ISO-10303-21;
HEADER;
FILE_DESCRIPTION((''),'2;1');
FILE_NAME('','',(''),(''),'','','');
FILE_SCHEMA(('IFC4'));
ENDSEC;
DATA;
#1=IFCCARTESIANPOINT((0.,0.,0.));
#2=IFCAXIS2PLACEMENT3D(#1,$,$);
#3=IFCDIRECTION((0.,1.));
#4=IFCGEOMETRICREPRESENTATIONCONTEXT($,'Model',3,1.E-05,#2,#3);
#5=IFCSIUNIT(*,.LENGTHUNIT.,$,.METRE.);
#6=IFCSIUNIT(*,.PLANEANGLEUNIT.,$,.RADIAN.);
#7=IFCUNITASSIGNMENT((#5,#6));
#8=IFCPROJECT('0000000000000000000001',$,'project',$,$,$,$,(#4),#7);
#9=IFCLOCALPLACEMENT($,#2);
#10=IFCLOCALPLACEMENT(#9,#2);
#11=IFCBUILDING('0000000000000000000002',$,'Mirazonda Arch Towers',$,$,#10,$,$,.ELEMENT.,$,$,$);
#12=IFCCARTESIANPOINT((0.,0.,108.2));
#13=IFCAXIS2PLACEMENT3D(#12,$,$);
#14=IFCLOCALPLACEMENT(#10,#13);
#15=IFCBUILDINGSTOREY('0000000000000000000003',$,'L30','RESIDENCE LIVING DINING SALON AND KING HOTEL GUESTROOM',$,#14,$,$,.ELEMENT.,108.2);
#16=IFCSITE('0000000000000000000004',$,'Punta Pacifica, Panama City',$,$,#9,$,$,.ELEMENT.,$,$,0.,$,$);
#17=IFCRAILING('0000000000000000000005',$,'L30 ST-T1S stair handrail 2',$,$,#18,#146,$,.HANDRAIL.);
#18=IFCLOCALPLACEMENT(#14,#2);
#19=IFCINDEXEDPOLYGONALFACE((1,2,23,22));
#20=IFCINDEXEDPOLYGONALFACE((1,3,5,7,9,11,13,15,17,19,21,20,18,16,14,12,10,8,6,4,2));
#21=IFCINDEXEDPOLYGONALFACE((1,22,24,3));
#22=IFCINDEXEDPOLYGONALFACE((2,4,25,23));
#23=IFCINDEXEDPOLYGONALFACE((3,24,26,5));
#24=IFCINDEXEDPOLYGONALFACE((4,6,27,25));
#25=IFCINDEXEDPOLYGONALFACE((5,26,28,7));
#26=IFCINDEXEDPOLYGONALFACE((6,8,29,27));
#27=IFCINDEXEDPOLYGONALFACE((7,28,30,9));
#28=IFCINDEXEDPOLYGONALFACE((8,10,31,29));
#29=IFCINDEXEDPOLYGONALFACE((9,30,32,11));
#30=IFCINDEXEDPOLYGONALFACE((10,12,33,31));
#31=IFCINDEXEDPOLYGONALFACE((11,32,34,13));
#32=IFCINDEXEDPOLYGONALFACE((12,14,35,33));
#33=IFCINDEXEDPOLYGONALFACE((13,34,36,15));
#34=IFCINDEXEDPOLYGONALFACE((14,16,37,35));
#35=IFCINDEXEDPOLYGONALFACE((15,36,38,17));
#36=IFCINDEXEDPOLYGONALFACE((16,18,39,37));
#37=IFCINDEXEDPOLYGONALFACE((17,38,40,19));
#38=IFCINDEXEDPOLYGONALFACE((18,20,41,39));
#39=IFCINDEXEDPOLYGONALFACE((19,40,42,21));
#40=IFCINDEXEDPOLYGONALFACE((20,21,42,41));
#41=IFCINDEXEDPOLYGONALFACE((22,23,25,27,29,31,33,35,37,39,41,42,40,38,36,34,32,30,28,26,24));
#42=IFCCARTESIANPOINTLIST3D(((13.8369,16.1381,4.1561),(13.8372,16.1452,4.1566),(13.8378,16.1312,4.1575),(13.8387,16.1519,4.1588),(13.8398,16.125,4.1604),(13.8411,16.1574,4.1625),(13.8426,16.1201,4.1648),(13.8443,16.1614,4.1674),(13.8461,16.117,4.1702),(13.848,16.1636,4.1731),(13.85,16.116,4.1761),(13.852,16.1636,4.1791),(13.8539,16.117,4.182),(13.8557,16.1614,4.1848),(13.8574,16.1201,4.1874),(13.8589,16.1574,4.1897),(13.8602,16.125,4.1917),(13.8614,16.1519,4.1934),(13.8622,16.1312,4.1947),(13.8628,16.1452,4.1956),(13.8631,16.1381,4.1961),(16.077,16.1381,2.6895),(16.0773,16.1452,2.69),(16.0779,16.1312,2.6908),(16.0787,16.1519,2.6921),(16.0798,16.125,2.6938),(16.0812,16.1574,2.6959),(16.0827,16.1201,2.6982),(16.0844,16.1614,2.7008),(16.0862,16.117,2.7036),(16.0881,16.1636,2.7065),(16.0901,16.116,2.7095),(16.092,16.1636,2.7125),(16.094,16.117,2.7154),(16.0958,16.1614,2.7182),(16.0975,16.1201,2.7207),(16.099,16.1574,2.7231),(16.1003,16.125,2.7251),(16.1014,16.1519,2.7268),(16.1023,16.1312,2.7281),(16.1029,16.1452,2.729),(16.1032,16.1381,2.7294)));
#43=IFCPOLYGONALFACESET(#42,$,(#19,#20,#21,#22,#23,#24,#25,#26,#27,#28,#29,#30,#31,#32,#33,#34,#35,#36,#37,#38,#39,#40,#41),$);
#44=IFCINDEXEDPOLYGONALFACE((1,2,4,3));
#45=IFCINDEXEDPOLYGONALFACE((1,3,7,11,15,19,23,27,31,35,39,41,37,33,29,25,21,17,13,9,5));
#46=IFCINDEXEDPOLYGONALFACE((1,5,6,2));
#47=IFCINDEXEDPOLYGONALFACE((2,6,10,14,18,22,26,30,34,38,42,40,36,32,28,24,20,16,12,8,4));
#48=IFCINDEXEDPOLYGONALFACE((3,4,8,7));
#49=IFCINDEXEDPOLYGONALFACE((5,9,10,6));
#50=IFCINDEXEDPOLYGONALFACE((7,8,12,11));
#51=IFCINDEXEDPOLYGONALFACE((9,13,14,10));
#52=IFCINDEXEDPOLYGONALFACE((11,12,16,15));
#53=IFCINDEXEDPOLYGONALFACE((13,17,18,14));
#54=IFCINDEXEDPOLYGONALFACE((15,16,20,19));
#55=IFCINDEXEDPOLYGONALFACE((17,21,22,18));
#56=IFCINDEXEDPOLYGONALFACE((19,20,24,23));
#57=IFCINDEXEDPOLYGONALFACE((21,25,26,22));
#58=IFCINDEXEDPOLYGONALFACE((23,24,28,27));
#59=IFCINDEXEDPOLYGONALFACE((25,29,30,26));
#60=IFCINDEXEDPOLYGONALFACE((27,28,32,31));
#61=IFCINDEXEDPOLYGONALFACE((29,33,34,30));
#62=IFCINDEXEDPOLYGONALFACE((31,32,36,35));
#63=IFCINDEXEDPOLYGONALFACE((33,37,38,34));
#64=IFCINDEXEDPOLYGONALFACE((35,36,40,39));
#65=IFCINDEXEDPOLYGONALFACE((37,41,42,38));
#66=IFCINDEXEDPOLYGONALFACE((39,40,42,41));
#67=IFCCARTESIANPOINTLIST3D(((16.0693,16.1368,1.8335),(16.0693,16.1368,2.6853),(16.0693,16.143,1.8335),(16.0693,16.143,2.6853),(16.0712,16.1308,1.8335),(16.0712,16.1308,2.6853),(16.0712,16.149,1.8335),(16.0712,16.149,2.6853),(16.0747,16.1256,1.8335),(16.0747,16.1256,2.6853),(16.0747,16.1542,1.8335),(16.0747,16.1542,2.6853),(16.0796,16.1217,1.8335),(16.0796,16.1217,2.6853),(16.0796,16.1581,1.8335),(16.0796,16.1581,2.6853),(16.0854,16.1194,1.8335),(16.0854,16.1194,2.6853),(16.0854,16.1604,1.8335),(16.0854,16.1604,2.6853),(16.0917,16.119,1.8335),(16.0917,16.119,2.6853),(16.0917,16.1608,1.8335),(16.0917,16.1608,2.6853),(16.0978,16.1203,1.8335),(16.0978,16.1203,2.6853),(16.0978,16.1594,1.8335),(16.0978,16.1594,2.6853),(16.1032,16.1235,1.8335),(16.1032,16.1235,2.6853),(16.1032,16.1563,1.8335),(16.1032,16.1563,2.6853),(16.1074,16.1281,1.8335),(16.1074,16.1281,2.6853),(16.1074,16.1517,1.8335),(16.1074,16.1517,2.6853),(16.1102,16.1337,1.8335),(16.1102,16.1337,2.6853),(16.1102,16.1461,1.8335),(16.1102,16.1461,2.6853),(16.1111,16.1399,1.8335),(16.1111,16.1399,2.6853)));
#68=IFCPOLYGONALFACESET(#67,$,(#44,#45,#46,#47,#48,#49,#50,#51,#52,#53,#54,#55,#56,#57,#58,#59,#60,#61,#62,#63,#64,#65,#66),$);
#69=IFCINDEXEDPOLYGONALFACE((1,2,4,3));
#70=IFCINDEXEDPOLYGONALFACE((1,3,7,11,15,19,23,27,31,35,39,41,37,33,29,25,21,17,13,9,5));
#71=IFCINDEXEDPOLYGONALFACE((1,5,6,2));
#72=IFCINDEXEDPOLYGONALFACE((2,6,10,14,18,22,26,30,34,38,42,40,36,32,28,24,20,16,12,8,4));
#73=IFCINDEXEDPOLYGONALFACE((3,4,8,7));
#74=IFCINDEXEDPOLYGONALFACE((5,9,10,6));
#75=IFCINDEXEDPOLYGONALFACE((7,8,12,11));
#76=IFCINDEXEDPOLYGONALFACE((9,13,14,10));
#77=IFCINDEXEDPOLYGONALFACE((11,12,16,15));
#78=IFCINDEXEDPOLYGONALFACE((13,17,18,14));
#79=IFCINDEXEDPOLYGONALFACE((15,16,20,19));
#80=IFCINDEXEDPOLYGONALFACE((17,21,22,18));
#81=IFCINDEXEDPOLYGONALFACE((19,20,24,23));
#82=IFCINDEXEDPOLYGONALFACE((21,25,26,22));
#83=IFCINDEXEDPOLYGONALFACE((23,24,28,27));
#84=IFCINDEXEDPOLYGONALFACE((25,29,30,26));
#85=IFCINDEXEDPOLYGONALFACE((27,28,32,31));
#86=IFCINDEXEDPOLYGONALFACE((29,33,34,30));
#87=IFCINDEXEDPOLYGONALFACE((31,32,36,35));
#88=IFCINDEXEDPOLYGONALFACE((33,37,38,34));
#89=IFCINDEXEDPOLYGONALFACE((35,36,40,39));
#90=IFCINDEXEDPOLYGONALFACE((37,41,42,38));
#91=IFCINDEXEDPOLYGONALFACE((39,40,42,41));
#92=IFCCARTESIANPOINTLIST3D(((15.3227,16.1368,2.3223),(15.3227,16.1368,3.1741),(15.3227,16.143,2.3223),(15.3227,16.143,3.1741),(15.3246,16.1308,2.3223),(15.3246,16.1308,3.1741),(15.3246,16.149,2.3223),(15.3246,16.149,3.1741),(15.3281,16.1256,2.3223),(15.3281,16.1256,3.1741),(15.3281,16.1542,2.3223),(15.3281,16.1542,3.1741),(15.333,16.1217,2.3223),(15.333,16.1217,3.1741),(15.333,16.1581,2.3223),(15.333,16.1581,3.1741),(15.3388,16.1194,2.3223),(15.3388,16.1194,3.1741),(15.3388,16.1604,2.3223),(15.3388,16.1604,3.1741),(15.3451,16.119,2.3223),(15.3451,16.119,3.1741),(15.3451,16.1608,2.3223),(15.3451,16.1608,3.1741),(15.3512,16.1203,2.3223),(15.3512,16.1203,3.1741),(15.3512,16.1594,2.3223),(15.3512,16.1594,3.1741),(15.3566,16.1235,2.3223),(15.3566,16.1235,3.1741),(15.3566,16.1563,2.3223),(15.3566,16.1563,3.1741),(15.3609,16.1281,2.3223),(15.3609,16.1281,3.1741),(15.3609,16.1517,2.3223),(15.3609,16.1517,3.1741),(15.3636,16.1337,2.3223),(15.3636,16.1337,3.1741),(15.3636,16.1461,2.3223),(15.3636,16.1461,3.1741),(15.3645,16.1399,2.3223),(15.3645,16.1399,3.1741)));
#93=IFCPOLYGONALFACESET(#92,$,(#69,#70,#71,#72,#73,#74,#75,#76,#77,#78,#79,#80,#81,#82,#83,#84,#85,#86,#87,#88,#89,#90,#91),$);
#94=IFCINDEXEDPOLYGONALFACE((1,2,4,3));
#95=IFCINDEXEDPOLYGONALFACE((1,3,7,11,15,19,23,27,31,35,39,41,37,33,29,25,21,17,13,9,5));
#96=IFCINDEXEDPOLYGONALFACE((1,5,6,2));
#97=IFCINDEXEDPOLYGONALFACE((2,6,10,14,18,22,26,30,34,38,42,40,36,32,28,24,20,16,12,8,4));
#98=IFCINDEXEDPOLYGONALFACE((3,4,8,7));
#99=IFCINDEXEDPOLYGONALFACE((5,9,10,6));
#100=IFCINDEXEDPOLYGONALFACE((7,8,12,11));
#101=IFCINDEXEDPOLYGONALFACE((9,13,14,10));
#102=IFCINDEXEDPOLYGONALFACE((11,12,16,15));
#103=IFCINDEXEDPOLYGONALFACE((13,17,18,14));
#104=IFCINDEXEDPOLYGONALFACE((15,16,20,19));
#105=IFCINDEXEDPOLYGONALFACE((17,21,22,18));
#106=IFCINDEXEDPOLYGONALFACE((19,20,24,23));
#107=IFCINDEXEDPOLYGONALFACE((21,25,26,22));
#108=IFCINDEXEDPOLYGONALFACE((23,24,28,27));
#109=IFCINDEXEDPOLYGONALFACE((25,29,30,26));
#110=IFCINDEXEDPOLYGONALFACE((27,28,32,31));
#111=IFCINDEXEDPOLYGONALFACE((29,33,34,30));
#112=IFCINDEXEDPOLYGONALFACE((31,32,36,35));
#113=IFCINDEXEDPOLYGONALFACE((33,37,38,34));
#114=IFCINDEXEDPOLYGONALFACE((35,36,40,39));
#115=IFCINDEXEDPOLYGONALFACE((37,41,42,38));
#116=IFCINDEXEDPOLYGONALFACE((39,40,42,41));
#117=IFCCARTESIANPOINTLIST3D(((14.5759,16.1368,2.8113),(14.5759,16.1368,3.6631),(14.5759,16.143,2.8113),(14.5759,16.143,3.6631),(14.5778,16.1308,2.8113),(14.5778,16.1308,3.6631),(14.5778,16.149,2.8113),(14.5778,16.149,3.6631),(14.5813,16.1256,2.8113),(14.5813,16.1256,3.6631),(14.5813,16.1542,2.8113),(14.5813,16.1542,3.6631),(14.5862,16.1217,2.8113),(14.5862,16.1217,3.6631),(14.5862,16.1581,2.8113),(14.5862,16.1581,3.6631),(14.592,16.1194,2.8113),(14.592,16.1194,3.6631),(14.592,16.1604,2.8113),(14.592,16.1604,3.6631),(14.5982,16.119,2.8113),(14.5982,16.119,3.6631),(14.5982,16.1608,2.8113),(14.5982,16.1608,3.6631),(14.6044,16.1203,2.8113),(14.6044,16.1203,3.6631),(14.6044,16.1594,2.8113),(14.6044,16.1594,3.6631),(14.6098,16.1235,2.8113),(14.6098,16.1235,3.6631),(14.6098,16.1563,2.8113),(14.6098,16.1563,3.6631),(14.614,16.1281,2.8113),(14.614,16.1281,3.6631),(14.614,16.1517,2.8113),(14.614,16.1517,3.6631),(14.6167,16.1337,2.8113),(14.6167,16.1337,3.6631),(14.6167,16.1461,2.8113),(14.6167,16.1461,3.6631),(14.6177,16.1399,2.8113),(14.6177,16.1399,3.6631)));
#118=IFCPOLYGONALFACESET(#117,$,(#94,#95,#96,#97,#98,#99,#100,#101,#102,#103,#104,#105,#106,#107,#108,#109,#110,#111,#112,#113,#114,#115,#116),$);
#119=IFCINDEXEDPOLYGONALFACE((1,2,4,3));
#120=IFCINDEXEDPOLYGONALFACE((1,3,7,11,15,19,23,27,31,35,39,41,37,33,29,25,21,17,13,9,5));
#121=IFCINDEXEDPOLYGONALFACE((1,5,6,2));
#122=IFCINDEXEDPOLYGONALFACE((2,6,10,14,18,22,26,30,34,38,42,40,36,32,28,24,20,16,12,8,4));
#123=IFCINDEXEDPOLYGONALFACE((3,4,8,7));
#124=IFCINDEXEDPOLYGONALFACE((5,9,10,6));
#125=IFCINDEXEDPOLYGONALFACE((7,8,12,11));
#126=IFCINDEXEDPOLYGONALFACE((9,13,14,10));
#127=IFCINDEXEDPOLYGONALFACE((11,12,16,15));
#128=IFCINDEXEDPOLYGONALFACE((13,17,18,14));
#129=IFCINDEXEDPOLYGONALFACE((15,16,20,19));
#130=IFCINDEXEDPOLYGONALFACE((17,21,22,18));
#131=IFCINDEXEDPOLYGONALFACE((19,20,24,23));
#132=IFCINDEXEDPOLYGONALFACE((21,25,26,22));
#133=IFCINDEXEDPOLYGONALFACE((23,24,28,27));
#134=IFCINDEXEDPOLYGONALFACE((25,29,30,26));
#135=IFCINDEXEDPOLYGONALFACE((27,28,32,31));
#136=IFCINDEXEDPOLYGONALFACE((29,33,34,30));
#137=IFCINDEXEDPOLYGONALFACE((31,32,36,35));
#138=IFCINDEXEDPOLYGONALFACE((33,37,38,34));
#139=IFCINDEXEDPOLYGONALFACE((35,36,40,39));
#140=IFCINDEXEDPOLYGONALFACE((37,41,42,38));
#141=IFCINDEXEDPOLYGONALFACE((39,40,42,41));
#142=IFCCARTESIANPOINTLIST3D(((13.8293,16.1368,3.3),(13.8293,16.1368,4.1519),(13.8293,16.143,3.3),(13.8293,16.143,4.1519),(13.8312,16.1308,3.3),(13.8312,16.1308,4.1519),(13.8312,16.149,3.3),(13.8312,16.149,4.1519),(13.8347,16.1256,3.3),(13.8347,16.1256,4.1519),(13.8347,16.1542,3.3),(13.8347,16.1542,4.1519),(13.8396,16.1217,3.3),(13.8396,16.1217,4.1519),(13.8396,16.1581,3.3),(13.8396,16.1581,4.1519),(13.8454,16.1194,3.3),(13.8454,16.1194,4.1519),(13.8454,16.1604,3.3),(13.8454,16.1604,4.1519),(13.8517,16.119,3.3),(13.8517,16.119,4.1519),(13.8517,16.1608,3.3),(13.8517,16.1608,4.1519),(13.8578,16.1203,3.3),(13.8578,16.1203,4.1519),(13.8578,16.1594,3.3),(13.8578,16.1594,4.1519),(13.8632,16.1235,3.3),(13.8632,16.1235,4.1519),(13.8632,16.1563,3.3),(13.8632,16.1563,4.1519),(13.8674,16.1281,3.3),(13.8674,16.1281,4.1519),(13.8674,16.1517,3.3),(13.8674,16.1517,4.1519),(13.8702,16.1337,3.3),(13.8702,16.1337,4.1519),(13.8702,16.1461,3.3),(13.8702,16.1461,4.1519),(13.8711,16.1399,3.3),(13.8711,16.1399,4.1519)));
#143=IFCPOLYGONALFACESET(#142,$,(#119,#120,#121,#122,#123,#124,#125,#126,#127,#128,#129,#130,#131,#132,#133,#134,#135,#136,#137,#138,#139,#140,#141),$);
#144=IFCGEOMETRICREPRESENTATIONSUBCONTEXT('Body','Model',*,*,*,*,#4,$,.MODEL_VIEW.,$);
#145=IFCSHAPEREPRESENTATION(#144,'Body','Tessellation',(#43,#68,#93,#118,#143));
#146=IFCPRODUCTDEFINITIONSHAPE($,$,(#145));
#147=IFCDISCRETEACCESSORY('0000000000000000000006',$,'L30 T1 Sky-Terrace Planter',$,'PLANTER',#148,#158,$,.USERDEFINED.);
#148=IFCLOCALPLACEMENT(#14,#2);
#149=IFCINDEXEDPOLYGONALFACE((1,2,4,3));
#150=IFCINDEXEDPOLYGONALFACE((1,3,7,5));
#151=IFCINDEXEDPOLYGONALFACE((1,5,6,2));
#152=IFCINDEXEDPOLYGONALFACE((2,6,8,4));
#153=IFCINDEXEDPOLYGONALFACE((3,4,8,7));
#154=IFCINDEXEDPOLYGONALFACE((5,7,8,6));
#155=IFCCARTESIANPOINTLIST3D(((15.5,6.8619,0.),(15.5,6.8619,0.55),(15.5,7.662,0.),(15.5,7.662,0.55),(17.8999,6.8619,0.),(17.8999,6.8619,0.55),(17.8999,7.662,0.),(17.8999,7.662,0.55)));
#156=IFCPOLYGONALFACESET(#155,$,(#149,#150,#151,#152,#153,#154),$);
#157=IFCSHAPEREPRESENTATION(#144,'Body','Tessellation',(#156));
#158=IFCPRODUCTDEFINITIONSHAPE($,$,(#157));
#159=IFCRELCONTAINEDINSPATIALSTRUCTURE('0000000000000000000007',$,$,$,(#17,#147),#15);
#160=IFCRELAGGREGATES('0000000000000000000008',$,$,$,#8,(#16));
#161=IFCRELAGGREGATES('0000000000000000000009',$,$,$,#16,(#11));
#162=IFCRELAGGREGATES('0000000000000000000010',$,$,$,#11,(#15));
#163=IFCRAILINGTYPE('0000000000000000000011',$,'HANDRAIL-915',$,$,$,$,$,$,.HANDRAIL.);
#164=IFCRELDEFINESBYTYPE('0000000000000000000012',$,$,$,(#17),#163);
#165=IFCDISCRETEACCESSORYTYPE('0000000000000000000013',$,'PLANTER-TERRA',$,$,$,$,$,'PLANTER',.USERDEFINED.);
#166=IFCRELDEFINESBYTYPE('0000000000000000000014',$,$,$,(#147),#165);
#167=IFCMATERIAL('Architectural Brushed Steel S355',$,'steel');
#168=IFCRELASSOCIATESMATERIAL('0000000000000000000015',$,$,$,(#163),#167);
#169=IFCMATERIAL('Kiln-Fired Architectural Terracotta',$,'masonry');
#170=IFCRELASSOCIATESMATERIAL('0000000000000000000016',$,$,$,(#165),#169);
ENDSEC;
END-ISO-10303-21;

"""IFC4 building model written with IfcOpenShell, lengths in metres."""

from ifc_helpers import new_model, si_unit, direction, frame, origin, origin_2d, place, context, subcontext, project, spatial, rectangle, circle, extrude, material, type_object, element, save


model = new_model("IFC4")

# Units and contexts
model_context = context("Model", 3, precision=1e-05, world=origin(), true_north=direction((0.0, 1.0)))
body_context = subcontext(model_context, "Body", "Model", "MODEL_VIEW")
ifc_project = project(units=[si_unit("LENGTHUNIT", "METRE"), si_unit("PLANEANGLEUNIT", "RADIAN")], contexts=[model_context])

# Site, building, storey
site_placement = place(None, origin())
site = spatial("IfcSite", under=ifc_project, at=site_placement, Name="Punta Pacifica, Panama City", CompositionType="ELEMENT", RefElevation=0.0)
building_placement = place(site_placement, origin())
building = spatial("IfcBuilding", under=site, at=building_placement, Name="Mirazonda Arch Towers", CompositionType="ELEMENT")
storey_placement = place(building_placement, frame((0.0, 0.0, 108.2)))
storey = spatial("IfcBuildingStorey", under=building, at=storey_placement, Name="L30", Description="RESIDENCE LIVING DINING SALON AND KING HOTEL GUESTROOM", CompositionType="ELEMENT", Elevation=108.2)

# Shared definitions
ifc_material_1 = material(Name="Architectural Brushed Steel S355", Category="steel")

# Shared definitions
ifc_material_2 = material(Name="Kiln-Fired Architectural Terracotta", Category="masonry")

# Railing
railing_type_1 = type_object("IfcRailingType", Name="HANDRAIL-915", PredefinedType="HANDRAIL", material=ifc_material_1)
railing_1_placement = place(storey_placement, frame((16.0901, 16.1399, 1.8335)))
element("IfcRailing", 1, at=railing_1_placement, inside=storey, type_object=railing_type_1, Name="L30 ST-T1S stair handrail 2", PredefinedType="HANDRAIL", context=body_context, shape_type="SweptSolid", body=[
    extrude(circle(Radius=0.0239, at=origin_2d()), frame((0.0, 0.0, 0.876), z_axis=(-0.836637, 0.0, 0.547758), x_axis=(0.0, -1.0, 0.0)), (0.0, 0.0, 1.0), 2.6775),
    extrude(circle(Radius=0.021, at=origin_2d()), origin(), (0.0, 0.0, 1.0), 0.8518),
    extrude(circle(Radius=0.021, at=origin_2d()), frame((-0.7466, 0.0, 0.4888)), (0.0, 0.0, 1.0), 0.8518),
    extrude(circle(Radius=0.021, at=origin_2d()), frame((-1.4934, 0.0, 0.9778)), (0.0, 0.0, 1.0), 0.8518),
    extrude(circle(Radius=0.021, at=origin_2d()), frame((-2.24, 0.0, 1.4666)), (0.0, 0.0, 1.0), 0.8518),
])

# Discrete accessory
discrete_accessory_type = type_object("IfcDiscreteAccessoryType", Name="PLANTER-TERRA", ElementType="PLANTER", PredefinedType="USERDEFINED", material=ifc_material_2)
discrete_accessory_placement = place(storey_placement, frame((16.7, 7.262, 0.0), z_axis=(0.0, 0.0, 1.0), x_axis=(1.0, 0.0, 0.0)))
element("IfcDiscreteAccessory", 2, at=discrete_accessory_placement, inside=storey, type_object=discrete_accessory_type, Name="L30 T1 Sky-Terrace Planter", ObjectType="PLANTER", PredefinedType="USERDEFINED", context=body_context, shape_type="SweptSolid", body=[
    extrude(rectangle(XDim=2.3999, YDim=0.8, at=origin_2d()), origin(), (0.0, 0.0, 1.0), 0.55),
])

save(model, "model.ifc")
